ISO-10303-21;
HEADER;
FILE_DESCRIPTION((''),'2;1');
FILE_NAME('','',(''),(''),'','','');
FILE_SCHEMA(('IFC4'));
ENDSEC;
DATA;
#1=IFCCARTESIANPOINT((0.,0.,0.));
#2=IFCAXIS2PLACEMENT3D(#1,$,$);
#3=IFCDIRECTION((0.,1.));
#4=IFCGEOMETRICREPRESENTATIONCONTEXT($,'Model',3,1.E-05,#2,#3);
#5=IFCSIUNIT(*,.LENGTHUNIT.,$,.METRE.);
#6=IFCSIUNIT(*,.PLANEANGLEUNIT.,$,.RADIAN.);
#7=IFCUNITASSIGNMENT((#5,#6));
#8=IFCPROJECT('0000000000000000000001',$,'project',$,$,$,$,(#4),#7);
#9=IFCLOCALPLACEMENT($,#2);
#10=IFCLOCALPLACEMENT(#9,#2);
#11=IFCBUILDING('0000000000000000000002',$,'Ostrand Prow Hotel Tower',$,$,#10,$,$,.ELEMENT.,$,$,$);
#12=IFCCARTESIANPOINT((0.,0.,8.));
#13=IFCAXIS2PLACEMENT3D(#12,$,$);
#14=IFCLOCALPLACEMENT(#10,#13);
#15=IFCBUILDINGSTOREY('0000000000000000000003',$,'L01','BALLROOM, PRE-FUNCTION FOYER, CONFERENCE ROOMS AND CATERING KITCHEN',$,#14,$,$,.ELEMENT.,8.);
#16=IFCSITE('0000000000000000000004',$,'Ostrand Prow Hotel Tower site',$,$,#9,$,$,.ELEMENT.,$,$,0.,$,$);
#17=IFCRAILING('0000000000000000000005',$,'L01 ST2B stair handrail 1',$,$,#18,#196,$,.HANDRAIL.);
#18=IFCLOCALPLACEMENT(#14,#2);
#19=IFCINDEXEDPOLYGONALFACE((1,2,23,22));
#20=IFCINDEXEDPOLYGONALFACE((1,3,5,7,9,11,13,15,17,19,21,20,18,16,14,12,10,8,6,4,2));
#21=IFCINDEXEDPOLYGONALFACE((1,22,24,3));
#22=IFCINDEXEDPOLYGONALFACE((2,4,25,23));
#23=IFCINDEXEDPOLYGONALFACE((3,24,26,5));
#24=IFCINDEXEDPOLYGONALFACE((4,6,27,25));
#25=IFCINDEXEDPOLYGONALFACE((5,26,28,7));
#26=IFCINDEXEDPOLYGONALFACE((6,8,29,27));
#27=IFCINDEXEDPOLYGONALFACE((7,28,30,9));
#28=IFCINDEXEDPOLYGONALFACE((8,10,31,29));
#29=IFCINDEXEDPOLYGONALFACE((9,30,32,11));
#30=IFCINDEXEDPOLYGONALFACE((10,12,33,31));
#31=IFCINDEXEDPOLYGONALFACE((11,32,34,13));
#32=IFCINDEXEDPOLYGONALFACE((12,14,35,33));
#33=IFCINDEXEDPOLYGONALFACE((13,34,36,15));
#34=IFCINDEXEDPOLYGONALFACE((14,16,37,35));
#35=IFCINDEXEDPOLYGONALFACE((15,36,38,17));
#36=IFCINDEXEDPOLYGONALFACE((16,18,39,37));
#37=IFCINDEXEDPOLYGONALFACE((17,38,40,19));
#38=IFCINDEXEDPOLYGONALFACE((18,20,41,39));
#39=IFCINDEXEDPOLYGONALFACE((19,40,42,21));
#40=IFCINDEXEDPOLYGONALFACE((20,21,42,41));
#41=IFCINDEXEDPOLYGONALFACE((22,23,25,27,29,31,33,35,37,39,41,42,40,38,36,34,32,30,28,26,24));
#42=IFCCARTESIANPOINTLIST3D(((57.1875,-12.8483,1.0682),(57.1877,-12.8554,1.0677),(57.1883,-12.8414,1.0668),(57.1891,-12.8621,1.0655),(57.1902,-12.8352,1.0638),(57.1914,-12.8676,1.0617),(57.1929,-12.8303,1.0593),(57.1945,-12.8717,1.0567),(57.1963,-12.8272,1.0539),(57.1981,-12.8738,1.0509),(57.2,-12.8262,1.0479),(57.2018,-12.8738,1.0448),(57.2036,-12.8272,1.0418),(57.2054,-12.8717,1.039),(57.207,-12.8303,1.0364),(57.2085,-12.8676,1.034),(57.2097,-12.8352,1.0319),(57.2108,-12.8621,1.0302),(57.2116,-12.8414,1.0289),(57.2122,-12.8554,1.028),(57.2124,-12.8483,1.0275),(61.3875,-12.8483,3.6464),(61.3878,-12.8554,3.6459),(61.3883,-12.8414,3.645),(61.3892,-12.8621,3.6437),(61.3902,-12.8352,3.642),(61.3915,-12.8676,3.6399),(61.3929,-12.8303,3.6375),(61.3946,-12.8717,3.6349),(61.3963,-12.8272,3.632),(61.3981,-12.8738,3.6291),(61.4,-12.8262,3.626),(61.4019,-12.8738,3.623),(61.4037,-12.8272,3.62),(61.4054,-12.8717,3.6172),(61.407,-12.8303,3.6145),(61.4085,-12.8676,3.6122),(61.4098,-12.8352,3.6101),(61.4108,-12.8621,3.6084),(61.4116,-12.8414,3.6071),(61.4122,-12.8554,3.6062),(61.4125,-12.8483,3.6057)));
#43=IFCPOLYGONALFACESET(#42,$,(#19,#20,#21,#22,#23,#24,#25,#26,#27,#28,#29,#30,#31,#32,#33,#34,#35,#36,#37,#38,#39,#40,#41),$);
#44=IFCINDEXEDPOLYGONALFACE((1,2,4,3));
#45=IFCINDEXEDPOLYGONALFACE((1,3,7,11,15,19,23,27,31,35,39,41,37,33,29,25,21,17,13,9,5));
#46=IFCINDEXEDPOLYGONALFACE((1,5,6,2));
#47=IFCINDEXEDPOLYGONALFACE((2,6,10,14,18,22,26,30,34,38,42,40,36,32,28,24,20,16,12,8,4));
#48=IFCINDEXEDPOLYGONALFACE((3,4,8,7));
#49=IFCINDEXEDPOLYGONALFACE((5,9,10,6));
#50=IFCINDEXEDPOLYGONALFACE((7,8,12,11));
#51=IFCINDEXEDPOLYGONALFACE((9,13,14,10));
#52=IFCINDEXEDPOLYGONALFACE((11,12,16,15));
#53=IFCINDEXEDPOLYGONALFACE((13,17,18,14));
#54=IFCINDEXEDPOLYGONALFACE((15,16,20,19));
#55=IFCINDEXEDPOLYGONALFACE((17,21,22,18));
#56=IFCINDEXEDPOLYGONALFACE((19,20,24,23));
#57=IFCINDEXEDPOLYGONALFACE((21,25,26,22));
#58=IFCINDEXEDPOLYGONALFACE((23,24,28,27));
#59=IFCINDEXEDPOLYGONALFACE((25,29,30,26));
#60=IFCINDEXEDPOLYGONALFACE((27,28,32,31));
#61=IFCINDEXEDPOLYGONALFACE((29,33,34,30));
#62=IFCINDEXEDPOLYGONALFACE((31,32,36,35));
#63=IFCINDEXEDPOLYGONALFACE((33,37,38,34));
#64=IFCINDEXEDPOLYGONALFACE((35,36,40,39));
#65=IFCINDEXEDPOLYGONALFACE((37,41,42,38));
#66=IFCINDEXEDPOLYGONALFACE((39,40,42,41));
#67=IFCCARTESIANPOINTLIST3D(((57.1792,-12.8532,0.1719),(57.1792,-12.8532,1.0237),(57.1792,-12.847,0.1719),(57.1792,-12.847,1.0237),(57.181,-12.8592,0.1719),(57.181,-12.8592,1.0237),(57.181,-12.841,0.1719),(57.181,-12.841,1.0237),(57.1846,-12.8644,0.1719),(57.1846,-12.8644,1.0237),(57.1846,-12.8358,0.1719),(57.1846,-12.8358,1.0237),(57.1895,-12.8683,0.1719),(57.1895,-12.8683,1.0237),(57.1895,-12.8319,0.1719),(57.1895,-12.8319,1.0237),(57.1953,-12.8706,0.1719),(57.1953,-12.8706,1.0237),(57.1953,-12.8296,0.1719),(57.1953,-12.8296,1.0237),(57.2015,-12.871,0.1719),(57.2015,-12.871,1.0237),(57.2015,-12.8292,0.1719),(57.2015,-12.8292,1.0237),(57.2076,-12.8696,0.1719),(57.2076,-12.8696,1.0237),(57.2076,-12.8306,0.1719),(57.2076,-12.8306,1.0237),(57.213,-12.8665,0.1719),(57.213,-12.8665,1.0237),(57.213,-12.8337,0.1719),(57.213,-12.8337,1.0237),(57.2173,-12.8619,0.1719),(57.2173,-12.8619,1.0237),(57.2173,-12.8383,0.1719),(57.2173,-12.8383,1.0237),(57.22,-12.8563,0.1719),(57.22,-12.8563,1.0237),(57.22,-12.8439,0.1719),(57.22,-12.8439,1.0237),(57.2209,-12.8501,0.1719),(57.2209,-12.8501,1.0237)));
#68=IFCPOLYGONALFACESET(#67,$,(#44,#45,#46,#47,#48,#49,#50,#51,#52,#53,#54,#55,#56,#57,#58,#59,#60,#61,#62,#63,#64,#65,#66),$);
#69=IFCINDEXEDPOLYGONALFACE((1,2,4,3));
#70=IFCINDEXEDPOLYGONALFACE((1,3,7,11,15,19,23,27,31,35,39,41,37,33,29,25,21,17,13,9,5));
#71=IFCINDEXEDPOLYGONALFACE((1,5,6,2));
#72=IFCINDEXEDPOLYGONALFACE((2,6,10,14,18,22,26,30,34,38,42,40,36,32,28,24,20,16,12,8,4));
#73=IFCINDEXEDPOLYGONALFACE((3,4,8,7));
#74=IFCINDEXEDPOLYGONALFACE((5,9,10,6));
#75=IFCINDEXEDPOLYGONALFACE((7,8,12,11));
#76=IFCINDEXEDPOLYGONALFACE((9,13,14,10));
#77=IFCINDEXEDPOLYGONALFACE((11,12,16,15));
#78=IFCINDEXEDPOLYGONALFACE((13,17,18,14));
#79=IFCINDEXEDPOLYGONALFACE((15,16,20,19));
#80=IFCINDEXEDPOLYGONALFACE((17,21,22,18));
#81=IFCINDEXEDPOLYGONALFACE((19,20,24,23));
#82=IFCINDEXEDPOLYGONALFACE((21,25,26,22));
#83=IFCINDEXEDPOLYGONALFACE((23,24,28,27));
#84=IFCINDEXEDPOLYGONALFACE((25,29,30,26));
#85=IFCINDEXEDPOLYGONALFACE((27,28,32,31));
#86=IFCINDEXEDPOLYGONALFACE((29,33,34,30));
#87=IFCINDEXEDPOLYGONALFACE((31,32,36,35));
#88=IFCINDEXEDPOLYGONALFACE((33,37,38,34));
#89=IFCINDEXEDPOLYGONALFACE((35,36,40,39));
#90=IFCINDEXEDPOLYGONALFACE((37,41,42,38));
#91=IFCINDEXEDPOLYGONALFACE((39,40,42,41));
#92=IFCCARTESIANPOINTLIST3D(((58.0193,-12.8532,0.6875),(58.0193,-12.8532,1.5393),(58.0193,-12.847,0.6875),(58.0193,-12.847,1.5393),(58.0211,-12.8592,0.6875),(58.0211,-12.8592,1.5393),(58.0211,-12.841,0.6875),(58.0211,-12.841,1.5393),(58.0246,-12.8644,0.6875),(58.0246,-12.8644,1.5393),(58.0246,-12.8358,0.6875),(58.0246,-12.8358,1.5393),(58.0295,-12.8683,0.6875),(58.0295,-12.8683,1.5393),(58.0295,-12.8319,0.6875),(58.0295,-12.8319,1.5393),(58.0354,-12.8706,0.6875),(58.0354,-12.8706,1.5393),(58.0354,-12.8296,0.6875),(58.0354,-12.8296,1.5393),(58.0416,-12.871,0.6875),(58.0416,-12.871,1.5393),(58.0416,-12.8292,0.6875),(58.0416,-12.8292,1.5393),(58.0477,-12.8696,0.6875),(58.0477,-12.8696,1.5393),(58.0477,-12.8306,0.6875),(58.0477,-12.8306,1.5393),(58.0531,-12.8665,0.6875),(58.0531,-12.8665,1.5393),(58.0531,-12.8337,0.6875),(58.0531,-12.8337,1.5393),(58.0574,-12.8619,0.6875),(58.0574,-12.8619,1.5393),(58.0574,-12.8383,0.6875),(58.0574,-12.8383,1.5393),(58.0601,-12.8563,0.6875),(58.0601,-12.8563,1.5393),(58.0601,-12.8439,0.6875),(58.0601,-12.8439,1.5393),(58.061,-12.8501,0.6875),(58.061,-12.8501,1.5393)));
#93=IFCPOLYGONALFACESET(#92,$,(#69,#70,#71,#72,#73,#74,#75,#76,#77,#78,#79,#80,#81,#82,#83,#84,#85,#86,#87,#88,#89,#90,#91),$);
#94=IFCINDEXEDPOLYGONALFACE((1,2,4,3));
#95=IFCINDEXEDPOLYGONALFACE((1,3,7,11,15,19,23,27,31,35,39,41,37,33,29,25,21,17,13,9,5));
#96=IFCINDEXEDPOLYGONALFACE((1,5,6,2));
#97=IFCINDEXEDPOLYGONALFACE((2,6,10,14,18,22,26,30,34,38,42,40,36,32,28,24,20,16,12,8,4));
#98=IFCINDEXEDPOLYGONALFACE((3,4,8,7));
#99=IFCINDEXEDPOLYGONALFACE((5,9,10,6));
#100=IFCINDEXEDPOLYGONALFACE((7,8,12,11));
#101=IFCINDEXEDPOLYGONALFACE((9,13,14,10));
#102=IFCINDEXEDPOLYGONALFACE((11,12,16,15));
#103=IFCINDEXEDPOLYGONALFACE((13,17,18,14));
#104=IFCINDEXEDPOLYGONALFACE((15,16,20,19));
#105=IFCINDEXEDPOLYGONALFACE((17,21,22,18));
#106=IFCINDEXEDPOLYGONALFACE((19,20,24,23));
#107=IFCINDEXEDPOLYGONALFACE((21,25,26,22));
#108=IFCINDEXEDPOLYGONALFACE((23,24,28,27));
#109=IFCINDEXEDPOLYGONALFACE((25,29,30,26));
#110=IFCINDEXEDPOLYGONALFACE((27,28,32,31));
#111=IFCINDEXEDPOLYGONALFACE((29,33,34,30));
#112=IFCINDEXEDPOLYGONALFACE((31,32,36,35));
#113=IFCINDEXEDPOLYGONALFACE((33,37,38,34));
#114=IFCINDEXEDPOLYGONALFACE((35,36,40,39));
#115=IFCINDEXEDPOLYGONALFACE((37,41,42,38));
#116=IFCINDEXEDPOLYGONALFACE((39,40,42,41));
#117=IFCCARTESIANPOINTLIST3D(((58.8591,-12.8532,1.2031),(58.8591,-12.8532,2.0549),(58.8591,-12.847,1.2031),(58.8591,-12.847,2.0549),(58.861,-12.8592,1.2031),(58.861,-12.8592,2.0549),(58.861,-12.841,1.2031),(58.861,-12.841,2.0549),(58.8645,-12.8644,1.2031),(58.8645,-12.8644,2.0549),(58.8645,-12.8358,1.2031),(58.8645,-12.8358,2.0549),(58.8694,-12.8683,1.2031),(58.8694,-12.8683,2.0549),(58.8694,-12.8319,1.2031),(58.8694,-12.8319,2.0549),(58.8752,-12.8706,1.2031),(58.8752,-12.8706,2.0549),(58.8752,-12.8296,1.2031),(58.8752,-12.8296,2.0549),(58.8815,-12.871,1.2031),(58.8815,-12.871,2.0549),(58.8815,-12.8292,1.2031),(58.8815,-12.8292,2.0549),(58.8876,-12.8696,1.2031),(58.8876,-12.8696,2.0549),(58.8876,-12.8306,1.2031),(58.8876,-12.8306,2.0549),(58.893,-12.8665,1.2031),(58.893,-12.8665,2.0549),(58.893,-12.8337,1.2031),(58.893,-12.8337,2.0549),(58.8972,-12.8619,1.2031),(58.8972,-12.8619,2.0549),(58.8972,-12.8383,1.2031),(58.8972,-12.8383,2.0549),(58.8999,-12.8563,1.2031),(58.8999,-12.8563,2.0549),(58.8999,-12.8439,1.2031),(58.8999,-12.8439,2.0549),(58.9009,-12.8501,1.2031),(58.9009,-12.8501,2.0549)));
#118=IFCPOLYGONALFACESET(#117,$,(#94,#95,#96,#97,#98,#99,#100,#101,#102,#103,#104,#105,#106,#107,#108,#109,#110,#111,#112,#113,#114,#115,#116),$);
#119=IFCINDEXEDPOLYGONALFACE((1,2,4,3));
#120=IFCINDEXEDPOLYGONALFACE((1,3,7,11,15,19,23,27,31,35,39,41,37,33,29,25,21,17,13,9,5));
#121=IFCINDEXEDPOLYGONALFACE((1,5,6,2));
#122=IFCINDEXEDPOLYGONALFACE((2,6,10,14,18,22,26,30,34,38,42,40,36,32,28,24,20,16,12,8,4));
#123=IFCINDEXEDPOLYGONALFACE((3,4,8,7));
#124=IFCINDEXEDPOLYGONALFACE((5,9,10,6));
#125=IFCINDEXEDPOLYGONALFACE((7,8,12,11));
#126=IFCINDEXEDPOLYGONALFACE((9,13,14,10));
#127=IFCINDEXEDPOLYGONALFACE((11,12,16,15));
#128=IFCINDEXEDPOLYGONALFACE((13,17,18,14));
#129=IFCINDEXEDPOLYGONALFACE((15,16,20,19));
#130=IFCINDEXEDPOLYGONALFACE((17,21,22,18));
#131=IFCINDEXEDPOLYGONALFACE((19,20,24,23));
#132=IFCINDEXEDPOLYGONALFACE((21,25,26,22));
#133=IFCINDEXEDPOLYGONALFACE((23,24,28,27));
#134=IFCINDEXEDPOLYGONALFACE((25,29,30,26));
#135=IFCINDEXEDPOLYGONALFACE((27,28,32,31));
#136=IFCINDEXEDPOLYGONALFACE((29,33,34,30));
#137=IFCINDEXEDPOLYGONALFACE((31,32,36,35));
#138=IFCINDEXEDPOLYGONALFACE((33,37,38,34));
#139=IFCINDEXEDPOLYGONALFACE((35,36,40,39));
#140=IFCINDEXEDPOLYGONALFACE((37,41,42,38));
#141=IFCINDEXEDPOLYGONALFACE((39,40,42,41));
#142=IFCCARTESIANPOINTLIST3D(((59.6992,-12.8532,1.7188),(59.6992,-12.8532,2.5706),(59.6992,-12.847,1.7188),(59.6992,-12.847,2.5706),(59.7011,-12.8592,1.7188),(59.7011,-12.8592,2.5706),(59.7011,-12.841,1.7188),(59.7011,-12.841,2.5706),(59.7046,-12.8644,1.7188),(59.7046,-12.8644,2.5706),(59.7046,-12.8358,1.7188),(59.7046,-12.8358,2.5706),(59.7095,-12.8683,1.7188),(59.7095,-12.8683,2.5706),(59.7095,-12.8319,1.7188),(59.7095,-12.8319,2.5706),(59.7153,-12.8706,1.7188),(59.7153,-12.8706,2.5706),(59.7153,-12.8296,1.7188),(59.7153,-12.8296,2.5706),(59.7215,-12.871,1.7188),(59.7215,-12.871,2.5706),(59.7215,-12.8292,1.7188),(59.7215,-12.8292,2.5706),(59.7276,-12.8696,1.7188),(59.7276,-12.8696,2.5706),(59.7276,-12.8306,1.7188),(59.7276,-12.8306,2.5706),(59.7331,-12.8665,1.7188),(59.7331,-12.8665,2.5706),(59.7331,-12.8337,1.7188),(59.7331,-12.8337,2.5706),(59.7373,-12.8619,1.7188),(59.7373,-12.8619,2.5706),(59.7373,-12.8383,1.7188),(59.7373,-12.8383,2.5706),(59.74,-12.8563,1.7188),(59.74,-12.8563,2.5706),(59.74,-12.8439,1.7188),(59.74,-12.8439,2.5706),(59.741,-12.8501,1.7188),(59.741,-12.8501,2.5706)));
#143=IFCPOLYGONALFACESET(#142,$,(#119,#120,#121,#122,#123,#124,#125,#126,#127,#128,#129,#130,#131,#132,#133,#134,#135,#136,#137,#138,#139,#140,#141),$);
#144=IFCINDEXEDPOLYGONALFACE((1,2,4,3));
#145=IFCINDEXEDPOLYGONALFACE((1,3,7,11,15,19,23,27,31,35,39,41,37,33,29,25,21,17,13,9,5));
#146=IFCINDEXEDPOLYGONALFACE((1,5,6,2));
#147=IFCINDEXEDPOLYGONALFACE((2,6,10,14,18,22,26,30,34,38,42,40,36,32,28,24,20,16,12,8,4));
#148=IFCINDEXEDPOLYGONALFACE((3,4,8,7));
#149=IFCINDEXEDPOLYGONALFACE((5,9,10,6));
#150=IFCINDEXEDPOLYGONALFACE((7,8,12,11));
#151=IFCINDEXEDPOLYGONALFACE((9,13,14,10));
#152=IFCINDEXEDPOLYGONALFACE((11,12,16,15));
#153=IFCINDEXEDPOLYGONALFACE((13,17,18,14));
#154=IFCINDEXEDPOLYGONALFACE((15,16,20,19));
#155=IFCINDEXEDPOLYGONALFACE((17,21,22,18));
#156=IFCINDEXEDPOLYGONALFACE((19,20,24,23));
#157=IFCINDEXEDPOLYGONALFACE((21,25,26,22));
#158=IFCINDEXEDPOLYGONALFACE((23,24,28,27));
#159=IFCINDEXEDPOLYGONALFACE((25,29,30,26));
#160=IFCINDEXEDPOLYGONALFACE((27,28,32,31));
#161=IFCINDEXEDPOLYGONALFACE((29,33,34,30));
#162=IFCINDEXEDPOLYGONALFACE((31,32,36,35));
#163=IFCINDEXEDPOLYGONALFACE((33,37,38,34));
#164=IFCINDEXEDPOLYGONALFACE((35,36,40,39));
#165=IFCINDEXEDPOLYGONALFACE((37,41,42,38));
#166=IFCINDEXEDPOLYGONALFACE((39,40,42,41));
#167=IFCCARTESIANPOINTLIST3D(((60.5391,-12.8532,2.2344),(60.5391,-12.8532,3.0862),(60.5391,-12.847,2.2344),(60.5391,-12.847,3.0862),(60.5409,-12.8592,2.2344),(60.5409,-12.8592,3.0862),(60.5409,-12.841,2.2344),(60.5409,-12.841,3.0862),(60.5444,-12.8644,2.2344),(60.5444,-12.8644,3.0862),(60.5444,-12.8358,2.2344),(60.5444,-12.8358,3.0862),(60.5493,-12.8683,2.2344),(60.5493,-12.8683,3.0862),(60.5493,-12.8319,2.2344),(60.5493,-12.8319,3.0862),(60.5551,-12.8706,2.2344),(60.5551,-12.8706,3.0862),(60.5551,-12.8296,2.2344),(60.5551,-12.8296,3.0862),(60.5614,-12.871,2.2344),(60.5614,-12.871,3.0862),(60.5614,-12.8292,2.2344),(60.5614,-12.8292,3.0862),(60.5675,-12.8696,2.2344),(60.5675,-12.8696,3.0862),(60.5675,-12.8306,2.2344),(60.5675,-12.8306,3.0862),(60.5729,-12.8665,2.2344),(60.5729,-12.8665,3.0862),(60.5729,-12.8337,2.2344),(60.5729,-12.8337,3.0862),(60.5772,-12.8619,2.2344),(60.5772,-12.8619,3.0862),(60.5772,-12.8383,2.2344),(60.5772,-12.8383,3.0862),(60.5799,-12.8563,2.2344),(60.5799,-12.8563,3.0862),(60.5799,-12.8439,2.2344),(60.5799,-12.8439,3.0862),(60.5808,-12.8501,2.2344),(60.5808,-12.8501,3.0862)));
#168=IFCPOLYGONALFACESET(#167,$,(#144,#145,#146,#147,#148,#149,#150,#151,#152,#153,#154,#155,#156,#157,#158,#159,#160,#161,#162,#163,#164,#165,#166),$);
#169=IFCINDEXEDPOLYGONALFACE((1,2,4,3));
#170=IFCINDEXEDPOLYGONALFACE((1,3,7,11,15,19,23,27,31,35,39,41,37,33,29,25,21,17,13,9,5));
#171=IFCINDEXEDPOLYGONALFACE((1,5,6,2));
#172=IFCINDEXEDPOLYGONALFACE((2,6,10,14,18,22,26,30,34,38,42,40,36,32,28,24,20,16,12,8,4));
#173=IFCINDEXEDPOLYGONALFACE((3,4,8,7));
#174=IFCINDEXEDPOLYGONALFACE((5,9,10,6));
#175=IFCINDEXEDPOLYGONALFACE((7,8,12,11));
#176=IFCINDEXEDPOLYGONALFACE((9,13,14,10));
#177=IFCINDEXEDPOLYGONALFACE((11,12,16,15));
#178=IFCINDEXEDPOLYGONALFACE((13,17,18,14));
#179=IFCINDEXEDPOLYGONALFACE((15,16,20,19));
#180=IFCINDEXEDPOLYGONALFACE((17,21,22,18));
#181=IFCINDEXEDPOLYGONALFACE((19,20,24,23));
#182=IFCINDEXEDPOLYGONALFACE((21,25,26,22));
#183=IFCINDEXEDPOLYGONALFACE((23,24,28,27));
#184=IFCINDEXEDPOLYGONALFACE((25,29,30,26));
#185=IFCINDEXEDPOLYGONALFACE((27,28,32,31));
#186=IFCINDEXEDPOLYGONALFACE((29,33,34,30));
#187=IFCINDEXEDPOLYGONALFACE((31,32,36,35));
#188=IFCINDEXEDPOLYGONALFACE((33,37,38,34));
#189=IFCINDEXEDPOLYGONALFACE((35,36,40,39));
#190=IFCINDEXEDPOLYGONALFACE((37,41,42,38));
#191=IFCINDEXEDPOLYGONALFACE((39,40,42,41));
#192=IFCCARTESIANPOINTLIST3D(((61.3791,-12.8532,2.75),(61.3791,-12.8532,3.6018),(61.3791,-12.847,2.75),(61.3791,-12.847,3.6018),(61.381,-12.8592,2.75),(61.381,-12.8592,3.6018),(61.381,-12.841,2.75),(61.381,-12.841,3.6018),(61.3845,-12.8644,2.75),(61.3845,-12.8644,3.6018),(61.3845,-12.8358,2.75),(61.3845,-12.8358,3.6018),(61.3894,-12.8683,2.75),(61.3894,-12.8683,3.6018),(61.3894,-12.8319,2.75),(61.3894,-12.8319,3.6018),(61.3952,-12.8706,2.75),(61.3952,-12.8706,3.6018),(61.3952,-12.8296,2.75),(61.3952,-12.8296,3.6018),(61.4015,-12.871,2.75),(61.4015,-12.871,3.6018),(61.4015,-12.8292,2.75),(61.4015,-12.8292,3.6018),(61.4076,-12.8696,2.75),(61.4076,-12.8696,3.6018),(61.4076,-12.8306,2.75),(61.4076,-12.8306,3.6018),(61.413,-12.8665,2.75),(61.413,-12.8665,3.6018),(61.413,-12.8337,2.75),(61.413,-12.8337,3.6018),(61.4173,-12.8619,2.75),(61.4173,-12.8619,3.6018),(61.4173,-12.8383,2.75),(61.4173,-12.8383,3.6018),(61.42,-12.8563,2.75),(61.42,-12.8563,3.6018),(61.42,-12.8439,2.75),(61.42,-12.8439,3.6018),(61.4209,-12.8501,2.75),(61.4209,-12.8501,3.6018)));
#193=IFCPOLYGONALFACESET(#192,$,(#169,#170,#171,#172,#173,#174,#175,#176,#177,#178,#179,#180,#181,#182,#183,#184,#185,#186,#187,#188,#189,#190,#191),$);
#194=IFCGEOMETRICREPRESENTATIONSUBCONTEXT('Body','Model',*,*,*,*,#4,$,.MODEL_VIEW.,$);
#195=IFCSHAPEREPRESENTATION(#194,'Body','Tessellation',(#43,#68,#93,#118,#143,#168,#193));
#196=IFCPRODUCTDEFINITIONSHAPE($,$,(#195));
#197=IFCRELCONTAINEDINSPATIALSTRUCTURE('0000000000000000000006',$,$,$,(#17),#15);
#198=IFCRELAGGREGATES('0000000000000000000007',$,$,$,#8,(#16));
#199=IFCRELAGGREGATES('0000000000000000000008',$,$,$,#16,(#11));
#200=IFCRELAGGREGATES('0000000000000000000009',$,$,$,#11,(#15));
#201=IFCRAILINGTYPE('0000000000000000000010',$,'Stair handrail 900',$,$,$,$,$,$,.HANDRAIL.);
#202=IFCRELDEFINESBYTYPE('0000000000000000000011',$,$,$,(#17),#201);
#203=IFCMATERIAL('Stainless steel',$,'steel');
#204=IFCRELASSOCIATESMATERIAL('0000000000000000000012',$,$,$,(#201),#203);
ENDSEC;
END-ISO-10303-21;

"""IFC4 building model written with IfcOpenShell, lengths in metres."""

from ifc_helpers import new_model, si_unit, direction, frame, origin, origin_2d, place, context, subcontext, project, spatial, circle, extrude, material, type_object, element, save


model = new_model("IFC4")

# Units and contexts
model_context = context("Model", 3, precision=1e-05, world=origin(), true_north=direction((0.0, 1.0)))
body_context = subcontext(model_context, "Body", "Model", "MODEL_VIEW")
ifc_project = project(units=[si_unit("LENGTHUNIT", "METRE"), si_unit("PLANEANGLEUNIT", "RADIAN")], contexts=[model_context])

# Site, building, storey
site_placement = place(None, origin())
site = spatial("IfcSite", under=ifc_project, at=site_placement, Name="Ostrand Prow Hotel Tower site", CompositionType="ELEMENT", RefElevation=0.0)
building_placement = place(site_placement, origin())
building = spatial("IfcBuilding", under=site, at=building_placement, Name="Ostrand Prow Hotel Tower", CompositionType="ELEMENT")
storey_placement = place(building_placement, frame((0.0, 0.0, 8.0)))
storey = spatial("IfcBuildingStorey", under=building, at=storey_placement, Name="L01", Description="BALLROOM, PRE-FUNCTION FOYER, CONFERENCE ROOMS AND CATERING KITCHEN", CompositionType="ELEMENT", Elevation=8.0)

# Railing
ifc_material_1 = material(Name="Stainless steel", Category="steel")
railing_type_1 = type_object("IfcRailingType", Name="Stair handrail 900", PredefinedType="HANDRAIL", material=ifc_material_1)
railing_1_placement = place(storey_placement, frame((57.2, -12.8501, 0.1719)))
element("IfcRailing", 1, at=railing_1_placement, inside=storey, type_object=railing_type_1, Name="L01 ST2B stair handrail 1", PredefinedType="HANDRAIL", context=body_context, shape_type="SweptSolid", body=[
    extrude(circle(Radius=0.0239, at=origin_2d()), frame((0.0, 0.0, 0.876), z_axis=(0.852243, 0.0, 0.523146), x_axis=(0.0, 1.0, 0.0)), (0.0, 0.0, 1.0), 4.9282),
    extrude(circle(Radius=0.021, at=origin_2d()), origin(), (0.0, 0.0, 1.0), 0.8518),
    extrude(circle(Radius=0.021, at=origin_2d()), frame((0.8401, 0.0, 0.5156)), (0.0, 0.0, 1.0), 0.8518),
    extrude(circle(Radius=0.021, at=origin_2d()), frame((1.6799, 0.0, 1.0312)), (0.0, 0.0, 1.0), 0.8518),
    extrude(circle(Radius=0.021, at=origin_2d()), frame((2.52, 0.0, 1.5469)), (0.0, 0.0, 1.0), 0.8518),
    extrude(circle(Radius=0.021, at=origin_2d()), frame((3.3599, 0.0, 2.0625)), (0.0, 0.0, 1.0), 0.8518),
    extrude(circle(Radius=0.021, at=origin_2d()), frame((4.2, 0.0, 2.5781)), (0.0, 0.0, 1.0), 0.8518),
])

save(model, "model.ifc")
